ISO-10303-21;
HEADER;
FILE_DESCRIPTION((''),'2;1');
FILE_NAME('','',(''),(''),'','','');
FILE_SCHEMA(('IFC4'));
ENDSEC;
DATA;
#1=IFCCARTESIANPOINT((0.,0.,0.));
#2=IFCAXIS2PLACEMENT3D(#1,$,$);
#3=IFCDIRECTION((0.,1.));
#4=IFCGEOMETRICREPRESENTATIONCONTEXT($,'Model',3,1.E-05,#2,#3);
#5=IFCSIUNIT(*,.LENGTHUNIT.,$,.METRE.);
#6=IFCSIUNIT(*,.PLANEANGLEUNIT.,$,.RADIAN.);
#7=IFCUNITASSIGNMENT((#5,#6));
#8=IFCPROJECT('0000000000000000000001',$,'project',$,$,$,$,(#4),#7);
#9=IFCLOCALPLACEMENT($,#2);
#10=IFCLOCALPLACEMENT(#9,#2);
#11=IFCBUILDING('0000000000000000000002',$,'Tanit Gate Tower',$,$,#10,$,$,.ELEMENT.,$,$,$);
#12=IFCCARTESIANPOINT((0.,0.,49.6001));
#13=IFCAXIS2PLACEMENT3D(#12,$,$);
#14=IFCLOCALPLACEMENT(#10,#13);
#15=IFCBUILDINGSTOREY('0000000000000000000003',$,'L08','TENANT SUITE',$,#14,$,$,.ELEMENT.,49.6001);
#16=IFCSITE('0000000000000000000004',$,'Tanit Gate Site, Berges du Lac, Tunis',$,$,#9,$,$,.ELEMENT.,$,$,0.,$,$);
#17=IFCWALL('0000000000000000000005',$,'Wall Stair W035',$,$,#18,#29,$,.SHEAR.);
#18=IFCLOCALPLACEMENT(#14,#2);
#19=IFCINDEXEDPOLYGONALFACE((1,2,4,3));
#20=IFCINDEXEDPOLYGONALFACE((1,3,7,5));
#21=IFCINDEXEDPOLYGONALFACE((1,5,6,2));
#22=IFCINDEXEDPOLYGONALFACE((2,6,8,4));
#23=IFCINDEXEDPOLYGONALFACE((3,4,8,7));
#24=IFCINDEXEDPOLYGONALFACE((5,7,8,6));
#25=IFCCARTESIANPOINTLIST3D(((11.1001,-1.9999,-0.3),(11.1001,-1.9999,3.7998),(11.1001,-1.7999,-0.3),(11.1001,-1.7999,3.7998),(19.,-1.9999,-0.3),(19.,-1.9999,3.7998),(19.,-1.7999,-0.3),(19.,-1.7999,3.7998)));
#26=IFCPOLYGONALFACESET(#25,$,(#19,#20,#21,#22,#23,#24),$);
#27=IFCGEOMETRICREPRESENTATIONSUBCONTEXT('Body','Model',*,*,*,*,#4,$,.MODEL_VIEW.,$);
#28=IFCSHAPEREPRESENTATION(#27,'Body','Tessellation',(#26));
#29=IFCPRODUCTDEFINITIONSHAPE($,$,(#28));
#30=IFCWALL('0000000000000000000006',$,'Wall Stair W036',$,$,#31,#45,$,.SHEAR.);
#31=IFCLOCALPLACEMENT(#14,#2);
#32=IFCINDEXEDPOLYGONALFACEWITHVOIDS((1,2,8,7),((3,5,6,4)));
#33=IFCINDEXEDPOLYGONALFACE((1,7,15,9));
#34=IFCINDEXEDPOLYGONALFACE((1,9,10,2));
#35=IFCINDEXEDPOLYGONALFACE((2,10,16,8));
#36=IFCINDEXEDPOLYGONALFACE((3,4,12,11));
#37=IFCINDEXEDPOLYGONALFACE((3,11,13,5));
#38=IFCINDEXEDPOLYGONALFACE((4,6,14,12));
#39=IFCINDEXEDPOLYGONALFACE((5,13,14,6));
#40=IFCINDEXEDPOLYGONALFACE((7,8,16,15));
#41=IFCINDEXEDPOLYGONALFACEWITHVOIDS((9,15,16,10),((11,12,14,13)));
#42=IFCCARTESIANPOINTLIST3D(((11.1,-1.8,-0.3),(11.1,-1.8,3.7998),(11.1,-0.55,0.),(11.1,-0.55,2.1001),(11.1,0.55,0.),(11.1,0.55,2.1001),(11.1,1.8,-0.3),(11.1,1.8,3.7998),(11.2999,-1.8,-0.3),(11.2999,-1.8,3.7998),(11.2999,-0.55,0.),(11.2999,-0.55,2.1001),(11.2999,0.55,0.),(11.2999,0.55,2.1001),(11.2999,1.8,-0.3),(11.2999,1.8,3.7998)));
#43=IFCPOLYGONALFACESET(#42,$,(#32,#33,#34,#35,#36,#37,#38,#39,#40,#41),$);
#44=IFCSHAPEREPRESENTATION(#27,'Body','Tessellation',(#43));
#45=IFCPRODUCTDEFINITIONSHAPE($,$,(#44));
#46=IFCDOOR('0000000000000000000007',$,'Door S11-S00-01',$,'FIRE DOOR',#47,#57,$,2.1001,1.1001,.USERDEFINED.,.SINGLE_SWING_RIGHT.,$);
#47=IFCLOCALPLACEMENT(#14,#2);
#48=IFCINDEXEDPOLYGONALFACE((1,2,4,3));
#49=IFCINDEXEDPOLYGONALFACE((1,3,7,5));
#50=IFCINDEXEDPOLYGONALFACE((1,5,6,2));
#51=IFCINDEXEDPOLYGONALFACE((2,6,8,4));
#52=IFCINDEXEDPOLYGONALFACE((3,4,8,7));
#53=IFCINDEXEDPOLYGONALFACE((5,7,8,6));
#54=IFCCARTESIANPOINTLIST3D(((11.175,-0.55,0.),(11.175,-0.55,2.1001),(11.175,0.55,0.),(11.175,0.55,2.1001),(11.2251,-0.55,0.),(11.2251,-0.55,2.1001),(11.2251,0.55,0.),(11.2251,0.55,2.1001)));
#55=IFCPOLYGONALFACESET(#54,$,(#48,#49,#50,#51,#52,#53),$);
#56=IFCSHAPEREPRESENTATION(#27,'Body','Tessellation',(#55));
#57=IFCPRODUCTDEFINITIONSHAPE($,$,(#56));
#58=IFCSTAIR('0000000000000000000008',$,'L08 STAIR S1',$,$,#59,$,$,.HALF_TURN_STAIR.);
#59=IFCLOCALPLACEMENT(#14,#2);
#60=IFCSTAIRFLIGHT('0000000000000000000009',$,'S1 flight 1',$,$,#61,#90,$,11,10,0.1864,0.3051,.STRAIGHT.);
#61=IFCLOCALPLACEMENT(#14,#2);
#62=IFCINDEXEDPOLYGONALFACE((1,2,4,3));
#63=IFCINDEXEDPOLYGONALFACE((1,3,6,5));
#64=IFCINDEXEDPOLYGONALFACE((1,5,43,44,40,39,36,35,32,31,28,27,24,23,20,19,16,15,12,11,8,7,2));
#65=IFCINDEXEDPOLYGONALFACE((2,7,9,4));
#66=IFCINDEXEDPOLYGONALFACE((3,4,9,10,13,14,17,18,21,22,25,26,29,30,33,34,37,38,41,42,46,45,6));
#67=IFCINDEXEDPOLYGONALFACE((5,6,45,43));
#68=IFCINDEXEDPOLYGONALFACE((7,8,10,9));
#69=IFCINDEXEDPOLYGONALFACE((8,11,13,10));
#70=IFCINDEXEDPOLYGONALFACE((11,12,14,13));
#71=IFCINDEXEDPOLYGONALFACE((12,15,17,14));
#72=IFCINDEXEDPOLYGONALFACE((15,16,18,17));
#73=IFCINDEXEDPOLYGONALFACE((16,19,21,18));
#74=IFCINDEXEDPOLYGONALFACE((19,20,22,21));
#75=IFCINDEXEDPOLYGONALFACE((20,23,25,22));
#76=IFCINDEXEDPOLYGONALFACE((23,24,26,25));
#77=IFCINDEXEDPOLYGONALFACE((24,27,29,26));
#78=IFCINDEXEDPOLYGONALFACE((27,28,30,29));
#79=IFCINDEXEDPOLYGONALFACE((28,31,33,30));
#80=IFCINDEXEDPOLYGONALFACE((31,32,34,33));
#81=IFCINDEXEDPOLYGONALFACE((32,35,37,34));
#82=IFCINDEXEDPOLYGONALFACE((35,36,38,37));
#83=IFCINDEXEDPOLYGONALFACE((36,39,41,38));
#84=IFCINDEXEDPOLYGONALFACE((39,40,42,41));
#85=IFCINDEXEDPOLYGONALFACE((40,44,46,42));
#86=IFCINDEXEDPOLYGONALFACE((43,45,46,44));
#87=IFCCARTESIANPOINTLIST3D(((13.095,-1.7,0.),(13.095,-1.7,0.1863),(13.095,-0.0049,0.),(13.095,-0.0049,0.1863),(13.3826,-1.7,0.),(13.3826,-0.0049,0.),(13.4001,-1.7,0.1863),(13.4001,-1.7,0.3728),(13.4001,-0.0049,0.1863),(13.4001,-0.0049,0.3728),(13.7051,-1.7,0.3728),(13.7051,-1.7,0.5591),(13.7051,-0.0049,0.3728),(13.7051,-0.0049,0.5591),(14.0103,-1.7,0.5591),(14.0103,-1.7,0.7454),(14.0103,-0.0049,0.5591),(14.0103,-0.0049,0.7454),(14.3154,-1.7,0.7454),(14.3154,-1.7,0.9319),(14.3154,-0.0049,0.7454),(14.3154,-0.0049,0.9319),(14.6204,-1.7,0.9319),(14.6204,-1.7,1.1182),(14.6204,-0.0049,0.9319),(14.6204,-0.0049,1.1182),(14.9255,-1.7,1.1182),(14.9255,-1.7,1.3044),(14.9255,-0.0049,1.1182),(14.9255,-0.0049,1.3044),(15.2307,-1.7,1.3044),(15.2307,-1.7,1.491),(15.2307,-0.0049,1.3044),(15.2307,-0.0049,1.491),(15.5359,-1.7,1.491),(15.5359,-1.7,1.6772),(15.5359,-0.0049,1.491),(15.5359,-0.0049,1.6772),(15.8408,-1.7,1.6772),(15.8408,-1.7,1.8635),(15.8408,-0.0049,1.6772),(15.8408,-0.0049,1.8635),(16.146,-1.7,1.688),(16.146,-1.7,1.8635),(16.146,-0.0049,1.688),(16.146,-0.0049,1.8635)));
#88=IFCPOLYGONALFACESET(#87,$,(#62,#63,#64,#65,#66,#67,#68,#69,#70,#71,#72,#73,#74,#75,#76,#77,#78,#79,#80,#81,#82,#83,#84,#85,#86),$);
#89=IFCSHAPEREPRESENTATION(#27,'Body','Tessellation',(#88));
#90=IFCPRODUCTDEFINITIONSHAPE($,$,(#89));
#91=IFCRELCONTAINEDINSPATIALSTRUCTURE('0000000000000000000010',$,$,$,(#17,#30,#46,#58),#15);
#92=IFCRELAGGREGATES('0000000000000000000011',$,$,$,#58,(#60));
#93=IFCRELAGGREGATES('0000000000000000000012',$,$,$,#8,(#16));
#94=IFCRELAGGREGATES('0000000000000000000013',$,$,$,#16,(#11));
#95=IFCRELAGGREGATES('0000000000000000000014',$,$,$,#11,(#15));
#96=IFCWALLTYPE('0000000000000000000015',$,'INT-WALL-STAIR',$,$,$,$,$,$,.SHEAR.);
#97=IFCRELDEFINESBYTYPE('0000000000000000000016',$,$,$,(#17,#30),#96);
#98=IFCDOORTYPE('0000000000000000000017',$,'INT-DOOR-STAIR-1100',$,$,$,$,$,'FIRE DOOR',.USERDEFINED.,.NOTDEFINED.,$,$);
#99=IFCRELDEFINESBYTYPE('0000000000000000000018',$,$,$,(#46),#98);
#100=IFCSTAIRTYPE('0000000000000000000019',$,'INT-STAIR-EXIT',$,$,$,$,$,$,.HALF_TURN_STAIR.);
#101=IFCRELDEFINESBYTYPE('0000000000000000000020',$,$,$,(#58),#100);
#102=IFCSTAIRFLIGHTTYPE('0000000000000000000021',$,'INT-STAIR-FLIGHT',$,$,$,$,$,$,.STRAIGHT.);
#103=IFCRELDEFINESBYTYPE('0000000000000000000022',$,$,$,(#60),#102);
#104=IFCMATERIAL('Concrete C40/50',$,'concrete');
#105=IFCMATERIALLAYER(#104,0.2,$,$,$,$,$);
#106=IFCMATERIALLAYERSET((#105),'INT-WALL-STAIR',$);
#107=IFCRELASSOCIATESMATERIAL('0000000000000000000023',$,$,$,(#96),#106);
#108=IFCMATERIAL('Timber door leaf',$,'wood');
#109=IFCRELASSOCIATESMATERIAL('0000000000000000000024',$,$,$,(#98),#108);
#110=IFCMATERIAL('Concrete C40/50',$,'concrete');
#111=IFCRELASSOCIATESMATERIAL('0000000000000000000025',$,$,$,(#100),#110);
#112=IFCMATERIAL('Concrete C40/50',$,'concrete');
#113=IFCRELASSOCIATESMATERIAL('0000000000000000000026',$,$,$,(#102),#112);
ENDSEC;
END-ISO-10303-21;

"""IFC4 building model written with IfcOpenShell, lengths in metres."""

from ifc_helpers import new_model, si_unit, direction, frame, frame_2d, origin, place, context, subcontext, project, spatial, polyline, rectangle, outline, extrude, material, layer, layer_set, type_object, element, fill, aggregate, save


model = new_model("IFC4")

# Units and contexts
model_context = context("Model", 3, precision=1e-05, world=origin(), true_north=direction((0.0, 1.0)))
body_context = subcontext(model_context, "Body", "Model", "MODEL_VIEW")
ifc_project = project(units=[si_unit("LENGTHUNIT", "METRE"), si_unit("PLANEANGLEUNIT", "RADIAN")], contexts=[model_context])

# Site, building, storey
site_placement = place(None, origin())
site = spatial("IfcSite", under=ifc_project, at=site_placement, Name="Tanit Gate Site, Berges du Lac, Tunis", CompositionType="ELEMENT", RefElevation=0.0)
building_placement = place(site_placement, origin())
building = spatial("IfcBuilding", under=site, at=building_placement, Name="Tanit Gate Tower", CompositionType="ELEMENT")
storey_placement = place(building_placement, frame((0.0, 0.0, 49.6001)))
storey = spatial("IfcBuildingStorey", under=building, at=storey_placement, Name="L08", Description="TENANT SUITE", CompositionType="ELEMENT", Elevation=49.6001)

# Wall
ifc_material_1 = material(Name="Concrete C40/50", Category="concrete")
ifc_layer_1 = layer(ifc_material_1, 0.2)
ifc_layer_set_1 = layer_set([ifc_layer_1], Name="INT-WALL-STAIR")
wall_type_1 = type_object("IfcWallType", Name="INT-WALL-STAIR", PredefinedType="SHEAR", material=ifc_layer_set_1)
wall_1_placement = place(storey_placement, frame((11.1001, -1.8999, -0.3), z_axis=(0.0, 0.0, 1.0), x_axis=(1.0, 0.0, 0.0)))
element("IfcWall", 1, at=wall_1_placement, inside=storey, type_object=wall_type_1, Name="Wall Stair W035", PredefinedType="SHEAR", context=body_context, shape_type="SweptSolid", body=[
    extrude(rectangle(XDim=7.8999, YDim=0.2, at=frame_2d((3.95, 0.0))), origin(), (0.0, 0.0, 1.0), 4.0999),
])

# Wall, opening, door
wall_2_placement = place(storey_placement, frame((11.2, -1.8, -0.3), z_axis=(0.0, 0.0, 1.0), x_axis=(0.0, 1.0, 0.0)))
wall_2 = element("IfcWall", 2, at=wall_2_placement, inside=storey, type_object=wall_type_1, Name="Wall Stair W036", PredefinedType="SHEAR", context=body_context, shape_type="SweptSolid", body=[
    extrude(rectangle(XDim=3.6001, YDim=0.2, at=frame_2d((1.8, 0.0))), origin(), (0.0, 0.0, 1.0), 4.0999),
])
opening_1_placement = place(wall_2_placement, frame((1.25, 0.0, 0.3)))
opening_1 = element("IfcOpeningElement", 3, at=opening_1_placement, cuts=wall_2, PredefinedType="OPENING", context=body_context, shape_type="SweptSolid", body=[
    extrude(rectangle(XDim=1.1001, YDim=2.1001, at=frame_2d((0.55, 1.05))), frame((0.0, 0.1099, 0.0), z_axis=(0.0, -1.0, 0.0), x_axis=(1.0, 0.0, 0.0)), (0.0, 0.0, 1.0), 0.22),
])
ifc_material_2 = material(Name="Timber door leaf", Category="wood")
door_type_1 = type_object("IfcDoorType", Name="INT-DOOR-STAIR-1100", ElementType="FIRE DOOR", OperationType="NOTDEFINED", PredefinedType="USERDEFINED", material=ifc_material_2)
door_1_placement = place(opening_1_placement, origin())
door_1 = element("IfcDoor", 4, at=door_1_placement, inside=storey, type_object=door_type_1, Name="Door S11-S00-01", ObjectType="FIRE DOOR", OperationType="SINGLE_SWING_RIGHT", OverallHeight=2.1001, OverallWidth=1.1001, PredefinedType="USERDEFINED", context=body_context, shape_type="SweptSolid", body=[
    extrude(rectangle(XDim=1.1001, YDim=2.1001, at=frame_2d((0.55, 1.05))), frame((0.0, 0.0249, 0.0), z_axis=(0.0, -1.0, 0.0), x_axis=(1.0, 0.0, 0.0)), (0.0, 0.0, 1.0), 0.05),
])
fill(opening_1, door_1)

# Stair, stair flight
ifc_material_3 = material(Name="Concrete C40/50", Category="concrete")
stair_type = type_object("IfcStairType", Name="INT-STAIR-EXIT", PredefinedType="HALF_TURN_STAIR", material=ifc_material_3)
stair_placement = place(storey_placement, origin())
stair = element("IfcStair", 5, at=stair_placement, inside=storey, type_object=stair_type, Name="L08 STAIR S1", PredefinedType="HALF_TURN_STAIR")
ifc_material_4 = material(Name="Concrete C40/50", Category="concrete")
stair_flight_type = type_object("IfcStairFlightType", Name="INT-STAIR-FLIGHT", PredefinedType="STRAIGHT", material=ifc_material_4)
stair_flight_placement = place(storey_placement, frame((13.095, -0.8525, 0.0), z_axis=(0.0, 0.0, 1.0), x_axis=(1.0, 0.0, 0.0)))
stair_flight = element("IfcStairFlight", 6, at=stair_flight_placement, type_object=stair_flight_type, Name="S1 flight 1", NumberOfRisers=11, NumberOfTreads=10, PredefinedType="STRAIGHT", RiserHeight=0.1864, TreadLength=0.3051, context=body_context, shape_type="SweptSolid", body=[
    extrude(outline(polyline([(0.0, 0.0), (0.0, 0.1863), (0.3052, 0.1863), (0.3052, 0.3728), (0.6101, 0.3728), (0.6101, 0.5591), (0.9153, 0.5591), (0.9153, 0.7454), (1.2205, 0.7454), (1.2205, 0.9319), (1.5254, 0.9319), (1.5254, 1.1182), (1.8306, 1.1182), (1.8306, 1.3044), (2.1357, 1.3044), (2.1357, 1.491), (2.4409, 1.491), (2.4409, 1.6772), (2.7458, 1.6772), (2.7458, 1.8635), (3.051, 1.8635), (3.051, 2.05), (3.051, 1.688), (0.2876, 0.0), (0.0, 0.0)])), frame((0.0, 0.8477, 0.0), z_axis=(0.0, -1.0, 0.0), x_axis=(1.0, 0.0, 0.0)), (0.0, 0.0, 1.0), 1.6951),
])
aggregate(stair, [stair_flight])

save(model, "model.ifc")
